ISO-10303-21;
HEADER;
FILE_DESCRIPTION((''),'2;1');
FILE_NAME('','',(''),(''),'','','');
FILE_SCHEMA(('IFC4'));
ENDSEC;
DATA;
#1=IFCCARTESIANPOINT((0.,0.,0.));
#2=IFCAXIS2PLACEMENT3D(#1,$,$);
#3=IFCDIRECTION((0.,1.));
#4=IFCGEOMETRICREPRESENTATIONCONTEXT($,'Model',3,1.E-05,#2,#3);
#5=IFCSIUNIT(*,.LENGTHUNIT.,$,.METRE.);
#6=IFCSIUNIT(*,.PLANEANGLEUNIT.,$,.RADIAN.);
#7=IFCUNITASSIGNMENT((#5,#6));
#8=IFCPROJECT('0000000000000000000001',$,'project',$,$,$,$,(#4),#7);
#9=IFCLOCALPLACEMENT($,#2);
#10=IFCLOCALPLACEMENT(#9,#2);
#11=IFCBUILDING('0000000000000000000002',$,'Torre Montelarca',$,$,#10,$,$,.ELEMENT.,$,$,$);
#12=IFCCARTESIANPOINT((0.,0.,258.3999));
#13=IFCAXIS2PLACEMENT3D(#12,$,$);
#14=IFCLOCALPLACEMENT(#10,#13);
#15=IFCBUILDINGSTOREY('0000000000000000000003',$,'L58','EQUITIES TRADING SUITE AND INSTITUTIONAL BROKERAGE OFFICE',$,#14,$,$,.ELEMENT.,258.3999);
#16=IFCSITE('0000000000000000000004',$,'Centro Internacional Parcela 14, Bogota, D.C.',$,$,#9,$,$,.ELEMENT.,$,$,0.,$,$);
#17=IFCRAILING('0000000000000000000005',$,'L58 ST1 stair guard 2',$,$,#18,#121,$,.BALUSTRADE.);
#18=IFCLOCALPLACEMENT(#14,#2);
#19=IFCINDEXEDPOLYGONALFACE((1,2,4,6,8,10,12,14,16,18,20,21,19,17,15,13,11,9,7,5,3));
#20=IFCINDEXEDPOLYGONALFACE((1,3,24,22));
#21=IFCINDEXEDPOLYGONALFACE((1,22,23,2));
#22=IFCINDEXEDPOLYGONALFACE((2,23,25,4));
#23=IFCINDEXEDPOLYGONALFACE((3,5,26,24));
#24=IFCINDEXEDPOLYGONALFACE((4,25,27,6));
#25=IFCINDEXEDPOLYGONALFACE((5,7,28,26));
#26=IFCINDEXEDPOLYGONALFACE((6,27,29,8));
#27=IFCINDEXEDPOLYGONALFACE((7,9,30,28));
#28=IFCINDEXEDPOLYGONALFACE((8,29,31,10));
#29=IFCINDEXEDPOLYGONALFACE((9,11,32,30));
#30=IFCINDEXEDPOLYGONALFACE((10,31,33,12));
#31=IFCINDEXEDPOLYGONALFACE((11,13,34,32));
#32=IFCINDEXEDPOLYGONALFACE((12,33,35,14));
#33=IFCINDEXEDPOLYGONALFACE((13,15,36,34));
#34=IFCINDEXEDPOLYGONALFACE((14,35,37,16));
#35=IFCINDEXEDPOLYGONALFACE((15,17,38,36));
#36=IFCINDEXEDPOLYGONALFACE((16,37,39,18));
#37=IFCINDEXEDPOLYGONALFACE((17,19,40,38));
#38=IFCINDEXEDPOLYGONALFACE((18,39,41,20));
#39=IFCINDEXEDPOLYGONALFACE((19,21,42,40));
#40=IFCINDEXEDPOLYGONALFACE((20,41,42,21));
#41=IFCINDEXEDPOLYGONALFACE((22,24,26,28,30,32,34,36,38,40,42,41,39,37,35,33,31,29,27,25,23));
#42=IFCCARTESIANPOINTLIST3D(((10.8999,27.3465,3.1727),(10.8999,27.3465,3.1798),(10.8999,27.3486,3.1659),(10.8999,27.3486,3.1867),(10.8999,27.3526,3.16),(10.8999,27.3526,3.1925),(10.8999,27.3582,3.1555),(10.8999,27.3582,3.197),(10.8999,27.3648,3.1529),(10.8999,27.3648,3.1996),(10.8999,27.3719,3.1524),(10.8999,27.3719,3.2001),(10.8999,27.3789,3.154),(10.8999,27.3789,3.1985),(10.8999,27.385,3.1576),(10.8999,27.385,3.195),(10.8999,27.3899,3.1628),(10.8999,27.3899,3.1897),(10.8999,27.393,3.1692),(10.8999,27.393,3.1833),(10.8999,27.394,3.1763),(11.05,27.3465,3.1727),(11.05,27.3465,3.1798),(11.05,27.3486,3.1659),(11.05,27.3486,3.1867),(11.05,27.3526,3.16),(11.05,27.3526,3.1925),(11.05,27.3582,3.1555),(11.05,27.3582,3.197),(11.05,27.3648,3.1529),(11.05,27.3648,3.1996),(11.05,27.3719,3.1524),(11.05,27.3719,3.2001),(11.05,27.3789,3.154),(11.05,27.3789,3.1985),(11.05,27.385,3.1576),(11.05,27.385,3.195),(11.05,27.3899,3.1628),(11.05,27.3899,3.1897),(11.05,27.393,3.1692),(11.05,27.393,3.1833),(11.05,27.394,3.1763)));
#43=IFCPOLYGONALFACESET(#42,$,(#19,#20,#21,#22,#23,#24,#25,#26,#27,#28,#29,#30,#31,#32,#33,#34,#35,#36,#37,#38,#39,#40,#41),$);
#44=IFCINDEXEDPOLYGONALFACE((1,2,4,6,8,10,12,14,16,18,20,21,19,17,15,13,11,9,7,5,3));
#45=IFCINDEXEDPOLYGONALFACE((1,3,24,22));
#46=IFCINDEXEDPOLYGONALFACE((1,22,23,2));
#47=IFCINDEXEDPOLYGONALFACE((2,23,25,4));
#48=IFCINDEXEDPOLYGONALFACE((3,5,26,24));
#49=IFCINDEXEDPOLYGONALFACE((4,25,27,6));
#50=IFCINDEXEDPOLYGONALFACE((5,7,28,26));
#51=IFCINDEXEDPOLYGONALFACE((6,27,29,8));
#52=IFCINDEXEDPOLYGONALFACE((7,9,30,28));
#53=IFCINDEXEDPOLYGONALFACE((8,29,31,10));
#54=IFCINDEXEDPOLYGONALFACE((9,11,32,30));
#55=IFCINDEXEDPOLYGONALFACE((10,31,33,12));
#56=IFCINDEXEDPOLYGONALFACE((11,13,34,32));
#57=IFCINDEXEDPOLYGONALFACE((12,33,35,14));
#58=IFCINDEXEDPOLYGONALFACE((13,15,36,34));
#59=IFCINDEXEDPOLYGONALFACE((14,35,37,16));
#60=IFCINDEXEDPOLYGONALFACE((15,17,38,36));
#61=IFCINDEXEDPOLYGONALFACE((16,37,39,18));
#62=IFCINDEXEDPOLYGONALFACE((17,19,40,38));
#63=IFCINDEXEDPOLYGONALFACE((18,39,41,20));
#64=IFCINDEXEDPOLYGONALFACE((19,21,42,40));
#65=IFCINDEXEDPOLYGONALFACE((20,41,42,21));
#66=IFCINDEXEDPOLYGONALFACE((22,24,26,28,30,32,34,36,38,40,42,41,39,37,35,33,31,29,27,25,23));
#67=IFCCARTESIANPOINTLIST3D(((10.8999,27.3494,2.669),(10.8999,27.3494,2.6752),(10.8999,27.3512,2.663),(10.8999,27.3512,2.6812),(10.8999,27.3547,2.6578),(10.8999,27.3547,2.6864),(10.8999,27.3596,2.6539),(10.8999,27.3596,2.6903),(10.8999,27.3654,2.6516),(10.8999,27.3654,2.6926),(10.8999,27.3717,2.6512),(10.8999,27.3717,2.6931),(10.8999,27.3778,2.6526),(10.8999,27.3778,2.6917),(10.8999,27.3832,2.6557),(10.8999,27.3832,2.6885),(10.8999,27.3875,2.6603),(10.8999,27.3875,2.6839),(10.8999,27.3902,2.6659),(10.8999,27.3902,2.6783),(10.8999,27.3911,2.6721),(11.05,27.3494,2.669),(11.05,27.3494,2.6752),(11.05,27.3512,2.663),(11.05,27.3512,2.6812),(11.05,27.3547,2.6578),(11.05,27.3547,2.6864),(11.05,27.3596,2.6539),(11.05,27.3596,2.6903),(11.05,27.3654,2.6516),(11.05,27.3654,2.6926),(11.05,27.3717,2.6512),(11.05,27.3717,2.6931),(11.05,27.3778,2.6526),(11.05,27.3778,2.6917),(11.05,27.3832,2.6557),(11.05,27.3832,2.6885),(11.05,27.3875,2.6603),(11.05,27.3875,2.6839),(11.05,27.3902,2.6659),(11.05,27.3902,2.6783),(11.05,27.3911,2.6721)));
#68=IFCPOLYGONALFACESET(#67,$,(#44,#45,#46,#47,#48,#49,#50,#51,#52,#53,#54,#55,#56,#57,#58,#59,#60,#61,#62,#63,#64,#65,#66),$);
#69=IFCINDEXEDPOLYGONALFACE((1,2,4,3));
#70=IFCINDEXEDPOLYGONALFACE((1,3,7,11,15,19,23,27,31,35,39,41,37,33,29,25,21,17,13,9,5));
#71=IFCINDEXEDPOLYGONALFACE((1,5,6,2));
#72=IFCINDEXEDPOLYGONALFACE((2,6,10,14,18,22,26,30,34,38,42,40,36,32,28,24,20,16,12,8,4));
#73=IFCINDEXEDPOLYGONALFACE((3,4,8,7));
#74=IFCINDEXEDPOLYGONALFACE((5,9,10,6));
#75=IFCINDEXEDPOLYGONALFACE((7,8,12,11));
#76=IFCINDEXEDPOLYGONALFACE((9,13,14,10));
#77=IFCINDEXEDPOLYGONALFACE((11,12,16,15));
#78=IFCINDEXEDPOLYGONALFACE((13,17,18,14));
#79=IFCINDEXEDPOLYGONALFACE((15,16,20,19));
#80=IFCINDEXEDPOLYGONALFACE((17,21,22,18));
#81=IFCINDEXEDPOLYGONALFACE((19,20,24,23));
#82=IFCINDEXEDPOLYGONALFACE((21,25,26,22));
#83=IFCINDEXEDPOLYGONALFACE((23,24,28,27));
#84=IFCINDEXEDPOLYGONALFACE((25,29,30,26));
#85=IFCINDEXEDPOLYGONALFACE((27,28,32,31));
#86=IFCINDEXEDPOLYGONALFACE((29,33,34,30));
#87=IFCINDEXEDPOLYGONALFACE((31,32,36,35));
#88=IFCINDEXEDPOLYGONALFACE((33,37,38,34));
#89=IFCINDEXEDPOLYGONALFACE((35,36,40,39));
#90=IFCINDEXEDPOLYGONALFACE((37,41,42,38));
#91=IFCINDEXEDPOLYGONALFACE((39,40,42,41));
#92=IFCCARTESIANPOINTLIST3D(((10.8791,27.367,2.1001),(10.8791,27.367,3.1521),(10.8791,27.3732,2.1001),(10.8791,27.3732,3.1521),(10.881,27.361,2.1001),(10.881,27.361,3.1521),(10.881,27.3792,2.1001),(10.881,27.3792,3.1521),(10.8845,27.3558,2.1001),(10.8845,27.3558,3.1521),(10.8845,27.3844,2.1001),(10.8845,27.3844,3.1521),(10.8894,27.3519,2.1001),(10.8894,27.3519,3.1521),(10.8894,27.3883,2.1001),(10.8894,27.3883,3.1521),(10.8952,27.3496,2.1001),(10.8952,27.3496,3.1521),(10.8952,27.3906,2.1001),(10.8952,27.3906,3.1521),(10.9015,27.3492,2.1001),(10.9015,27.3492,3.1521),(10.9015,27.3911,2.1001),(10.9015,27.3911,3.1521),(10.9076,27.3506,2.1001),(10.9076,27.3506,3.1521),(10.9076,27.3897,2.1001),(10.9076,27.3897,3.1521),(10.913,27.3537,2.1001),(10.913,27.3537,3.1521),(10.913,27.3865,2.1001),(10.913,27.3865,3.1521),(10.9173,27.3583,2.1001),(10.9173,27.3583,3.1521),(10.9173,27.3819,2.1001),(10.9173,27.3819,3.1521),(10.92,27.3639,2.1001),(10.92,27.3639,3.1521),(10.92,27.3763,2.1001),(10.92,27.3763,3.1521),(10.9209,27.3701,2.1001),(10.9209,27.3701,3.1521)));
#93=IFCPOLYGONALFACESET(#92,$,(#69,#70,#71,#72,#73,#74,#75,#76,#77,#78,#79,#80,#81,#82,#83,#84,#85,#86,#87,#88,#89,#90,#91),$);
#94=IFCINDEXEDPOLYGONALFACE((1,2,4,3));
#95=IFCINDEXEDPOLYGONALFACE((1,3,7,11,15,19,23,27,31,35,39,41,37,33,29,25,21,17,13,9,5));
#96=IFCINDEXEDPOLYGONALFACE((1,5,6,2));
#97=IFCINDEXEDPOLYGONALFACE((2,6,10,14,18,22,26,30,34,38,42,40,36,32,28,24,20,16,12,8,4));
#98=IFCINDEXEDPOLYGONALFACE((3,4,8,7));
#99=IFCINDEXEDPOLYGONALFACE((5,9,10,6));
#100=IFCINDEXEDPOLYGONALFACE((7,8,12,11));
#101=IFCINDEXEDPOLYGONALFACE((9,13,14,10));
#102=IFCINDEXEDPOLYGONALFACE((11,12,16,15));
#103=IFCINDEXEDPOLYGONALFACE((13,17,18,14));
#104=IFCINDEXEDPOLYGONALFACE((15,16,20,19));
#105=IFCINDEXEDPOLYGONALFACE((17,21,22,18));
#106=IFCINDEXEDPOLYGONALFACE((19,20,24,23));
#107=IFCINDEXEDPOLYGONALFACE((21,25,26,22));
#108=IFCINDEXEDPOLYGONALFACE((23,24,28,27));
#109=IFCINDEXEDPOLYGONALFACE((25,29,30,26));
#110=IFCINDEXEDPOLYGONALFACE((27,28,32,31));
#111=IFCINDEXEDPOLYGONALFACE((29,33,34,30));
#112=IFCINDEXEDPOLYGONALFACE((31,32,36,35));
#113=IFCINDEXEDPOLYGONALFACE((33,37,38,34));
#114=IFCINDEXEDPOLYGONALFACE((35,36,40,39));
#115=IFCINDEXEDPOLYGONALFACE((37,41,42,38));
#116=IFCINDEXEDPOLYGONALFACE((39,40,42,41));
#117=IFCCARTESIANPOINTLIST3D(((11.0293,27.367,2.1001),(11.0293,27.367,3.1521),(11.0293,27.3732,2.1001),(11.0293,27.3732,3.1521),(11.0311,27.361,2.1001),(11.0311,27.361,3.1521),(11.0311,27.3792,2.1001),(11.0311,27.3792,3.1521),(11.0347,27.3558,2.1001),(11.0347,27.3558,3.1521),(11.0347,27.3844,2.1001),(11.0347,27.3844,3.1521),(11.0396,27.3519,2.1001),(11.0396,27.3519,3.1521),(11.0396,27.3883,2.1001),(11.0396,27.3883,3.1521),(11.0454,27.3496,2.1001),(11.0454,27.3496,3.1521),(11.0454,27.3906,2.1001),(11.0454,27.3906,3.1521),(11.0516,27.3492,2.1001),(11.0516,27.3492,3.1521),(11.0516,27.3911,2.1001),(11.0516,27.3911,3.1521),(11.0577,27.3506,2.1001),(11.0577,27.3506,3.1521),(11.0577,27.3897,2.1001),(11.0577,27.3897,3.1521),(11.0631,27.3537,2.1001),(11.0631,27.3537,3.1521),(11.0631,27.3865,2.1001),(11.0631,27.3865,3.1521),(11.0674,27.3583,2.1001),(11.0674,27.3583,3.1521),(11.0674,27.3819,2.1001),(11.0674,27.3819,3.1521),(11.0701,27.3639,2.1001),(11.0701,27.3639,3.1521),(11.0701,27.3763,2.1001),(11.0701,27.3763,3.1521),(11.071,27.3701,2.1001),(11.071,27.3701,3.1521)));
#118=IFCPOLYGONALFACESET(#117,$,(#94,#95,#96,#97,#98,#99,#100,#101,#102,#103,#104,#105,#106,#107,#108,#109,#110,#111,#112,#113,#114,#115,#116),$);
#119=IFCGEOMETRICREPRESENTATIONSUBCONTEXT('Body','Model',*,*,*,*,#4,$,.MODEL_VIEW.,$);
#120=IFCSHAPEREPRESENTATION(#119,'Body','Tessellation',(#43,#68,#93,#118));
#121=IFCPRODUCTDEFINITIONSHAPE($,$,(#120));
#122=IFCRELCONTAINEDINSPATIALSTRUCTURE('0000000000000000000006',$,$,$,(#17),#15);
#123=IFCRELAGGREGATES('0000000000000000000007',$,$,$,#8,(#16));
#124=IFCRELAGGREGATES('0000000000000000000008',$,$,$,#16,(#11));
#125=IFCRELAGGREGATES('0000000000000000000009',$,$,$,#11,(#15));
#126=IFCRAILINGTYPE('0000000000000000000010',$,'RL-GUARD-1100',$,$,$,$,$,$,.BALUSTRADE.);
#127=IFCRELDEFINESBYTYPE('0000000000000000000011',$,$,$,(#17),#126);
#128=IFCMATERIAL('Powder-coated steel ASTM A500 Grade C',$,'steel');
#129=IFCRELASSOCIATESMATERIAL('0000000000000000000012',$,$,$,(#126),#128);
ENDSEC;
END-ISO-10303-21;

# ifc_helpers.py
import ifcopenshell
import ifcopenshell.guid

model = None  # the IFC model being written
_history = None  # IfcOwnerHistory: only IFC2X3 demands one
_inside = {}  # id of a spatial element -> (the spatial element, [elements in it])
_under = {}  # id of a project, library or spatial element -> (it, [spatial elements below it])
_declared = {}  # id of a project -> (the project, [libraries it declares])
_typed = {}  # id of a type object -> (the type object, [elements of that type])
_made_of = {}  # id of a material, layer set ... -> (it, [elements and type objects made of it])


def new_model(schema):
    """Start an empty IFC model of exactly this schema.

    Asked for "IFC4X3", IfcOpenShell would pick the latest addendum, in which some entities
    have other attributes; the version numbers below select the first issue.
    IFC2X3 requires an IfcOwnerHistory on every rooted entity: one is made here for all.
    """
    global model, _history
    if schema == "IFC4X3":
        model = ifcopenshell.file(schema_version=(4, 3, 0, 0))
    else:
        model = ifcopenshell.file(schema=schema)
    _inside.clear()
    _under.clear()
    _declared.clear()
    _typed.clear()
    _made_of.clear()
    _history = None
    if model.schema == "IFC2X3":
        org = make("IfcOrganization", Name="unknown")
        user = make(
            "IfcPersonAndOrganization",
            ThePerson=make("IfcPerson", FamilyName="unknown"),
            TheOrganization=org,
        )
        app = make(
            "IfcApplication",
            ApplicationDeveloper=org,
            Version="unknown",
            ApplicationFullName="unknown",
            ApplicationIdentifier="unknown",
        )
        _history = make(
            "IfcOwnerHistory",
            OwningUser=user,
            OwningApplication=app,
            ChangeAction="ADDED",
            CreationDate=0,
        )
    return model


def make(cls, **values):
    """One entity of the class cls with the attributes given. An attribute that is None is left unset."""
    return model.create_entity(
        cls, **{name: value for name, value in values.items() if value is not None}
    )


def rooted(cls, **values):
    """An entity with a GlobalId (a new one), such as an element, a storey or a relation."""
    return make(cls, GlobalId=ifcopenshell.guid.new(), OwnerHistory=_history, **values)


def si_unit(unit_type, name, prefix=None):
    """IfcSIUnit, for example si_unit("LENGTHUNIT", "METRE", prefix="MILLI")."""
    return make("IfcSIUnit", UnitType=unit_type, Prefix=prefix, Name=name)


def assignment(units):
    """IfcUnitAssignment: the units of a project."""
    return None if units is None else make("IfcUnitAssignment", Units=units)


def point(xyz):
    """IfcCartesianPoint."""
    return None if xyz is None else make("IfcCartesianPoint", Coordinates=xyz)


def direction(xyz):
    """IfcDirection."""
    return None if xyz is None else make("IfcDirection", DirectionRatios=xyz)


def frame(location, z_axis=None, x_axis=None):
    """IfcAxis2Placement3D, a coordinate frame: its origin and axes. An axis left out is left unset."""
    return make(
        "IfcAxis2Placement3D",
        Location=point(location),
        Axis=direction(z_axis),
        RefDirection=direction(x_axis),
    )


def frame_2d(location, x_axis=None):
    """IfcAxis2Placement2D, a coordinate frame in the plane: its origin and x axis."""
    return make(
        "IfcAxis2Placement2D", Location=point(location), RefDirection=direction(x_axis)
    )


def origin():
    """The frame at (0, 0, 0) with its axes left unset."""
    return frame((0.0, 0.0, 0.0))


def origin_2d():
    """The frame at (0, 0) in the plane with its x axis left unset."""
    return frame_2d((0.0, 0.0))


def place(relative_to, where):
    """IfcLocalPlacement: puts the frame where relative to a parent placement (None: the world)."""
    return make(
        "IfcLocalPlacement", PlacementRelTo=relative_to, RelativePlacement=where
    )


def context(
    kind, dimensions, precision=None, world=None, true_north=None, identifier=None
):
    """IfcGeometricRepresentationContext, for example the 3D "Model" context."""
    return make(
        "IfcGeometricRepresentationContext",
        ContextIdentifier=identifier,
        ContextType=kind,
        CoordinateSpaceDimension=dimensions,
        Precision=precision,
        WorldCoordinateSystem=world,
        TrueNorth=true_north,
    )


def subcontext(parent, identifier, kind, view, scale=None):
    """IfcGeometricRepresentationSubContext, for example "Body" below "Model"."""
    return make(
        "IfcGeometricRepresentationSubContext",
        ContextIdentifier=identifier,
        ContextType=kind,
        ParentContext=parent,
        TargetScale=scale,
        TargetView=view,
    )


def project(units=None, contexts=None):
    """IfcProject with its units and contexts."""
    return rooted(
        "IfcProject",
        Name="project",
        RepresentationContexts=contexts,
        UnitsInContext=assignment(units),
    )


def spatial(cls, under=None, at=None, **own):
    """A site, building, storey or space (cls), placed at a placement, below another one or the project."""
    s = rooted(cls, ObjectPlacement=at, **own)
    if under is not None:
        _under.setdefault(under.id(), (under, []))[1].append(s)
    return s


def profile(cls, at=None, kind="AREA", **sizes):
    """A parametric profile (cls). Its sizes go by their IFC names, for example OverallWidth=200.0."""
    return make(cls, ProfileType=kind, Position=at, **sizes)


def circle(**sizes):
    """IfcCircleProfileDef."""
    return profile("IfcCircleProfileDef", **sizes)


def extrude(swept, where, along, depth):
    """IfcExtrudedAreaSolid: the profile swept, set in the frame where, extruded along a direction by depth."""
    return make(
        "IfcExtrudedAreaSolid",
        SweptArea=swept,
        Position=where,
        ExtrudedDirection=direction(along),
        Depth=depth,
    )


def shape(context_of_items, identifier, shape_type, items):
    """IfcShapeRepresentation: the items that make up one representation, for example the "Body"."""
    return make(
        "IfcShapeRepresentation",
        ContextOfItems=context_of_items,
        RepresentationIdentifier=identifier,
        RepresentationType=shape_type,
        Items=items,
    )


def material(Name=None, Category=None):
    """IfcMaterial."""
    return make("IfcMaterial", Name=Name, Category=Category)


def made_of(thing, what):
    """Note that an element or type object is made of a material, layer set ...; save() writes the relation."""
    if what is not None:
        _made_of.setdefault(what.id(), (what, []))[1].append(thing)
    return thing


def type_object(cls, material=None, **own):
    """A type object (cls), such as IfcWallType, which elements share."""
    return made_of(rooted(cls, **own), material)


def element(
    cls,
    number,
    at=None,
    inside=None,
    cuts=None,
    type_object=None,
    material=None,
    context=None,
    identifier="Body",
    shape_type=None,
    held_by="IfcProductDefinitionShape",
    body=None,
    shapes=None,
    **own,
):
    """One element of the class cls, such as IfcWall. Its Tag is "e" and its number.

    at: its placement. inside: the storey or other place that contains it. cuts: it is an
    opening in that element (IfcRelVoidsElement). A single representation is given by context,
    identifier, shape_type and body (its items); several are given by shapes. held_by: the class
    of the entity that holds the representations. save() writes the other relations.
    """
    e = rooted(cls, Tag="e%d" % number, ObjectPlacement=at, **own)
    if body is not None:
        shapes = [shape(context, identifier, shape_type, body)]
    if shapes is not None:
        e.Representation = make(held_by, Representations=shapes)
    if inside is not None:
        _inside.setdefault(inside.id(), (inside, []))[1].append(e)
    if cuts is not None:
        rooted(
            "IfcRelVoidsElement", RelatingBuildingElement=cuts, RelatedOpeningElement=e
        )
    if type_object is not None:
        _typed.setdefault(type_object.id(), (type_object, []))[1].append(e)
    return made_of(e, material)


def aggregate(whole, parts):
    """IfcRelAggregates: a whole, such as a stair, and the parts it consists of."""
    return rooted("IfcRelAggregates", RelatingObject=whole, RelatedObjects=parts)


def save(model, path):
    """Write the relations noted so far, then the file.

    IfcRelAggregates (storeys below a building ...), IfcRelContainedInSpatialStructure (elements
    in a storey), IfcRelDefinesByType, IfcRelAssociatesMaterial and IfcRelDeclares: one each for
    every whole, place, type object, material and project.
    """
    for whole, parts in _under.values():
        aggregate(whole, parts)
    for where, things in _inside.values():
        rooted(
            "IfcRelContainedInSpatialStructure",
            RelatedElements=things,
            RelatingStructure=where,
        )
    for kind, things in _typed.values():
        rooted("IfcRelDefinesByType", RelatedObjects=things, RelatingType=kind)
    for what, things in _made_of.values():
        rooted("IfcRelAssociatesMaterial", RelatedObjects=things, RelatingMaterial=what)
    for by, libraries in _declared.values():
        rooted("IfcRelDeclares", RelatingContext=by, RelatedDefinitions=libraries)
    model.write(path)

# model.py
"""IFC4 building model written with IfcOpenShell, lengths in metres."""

from ifc_helpers import new_model, si_unit, direction, frame, origin, origin_2d, place, context, subcontext, project, spatial, circle, extrude, material, type_object, element, save


model = new_model("IFC4")

# Units and contexts
model_context = context("Model", 3, precision=1e-05, world=origin(), true_north=direction((0.0, 1.0)))
body_context = subcontext(model_context, "Body", "Model", "MODEL_VIEW")
ifc_project = project(units=[si_unit("LENGTHUNIT", "METRE"), si_unit("PLANEANGLEUNIT", "RADIAN")], contexts=[model_context])

# Site, building, storey
site_placement = place(None, origin())
site = spatial("IfcSite", under=ifc_project, at=site_placement, Name="Centro Internacional Parcela 14, Bogota, D.C.", CompositionType="ELEMENT", RefElevation=0.0)
building_placement = place(site_placement, origin())
building = spatial("IfcBuilding", under=site, at=building_placement, Name="Torre Montelarca", CompositionType="ELEMENT")
storey_placement = place(building_placement, frame((0.0, 0.0, 258.3999)))
storey = spatial("IfcBuildingStorey", under=building, at=storey_placement, Name="L58", Description="EQUITIES TRADING SUITE AND INSTITUTIONAL BROKERAGE OFFICE", CompositionType="ELEMENT", Elevation=258.3999)

# Railing
ifc_material_1 = material(Name="Powder-coated steel ASTM A500 Grade C", Category="steel")
railing_type_1 = type_object("IfcRailingType", Name="RL-GUARD-1100", PredefinedType="BALUSTRADE", material=ifc_material_1)
railing_1_placement = place(storey_placement, frame((10.8999, 27.3701, 2.1001)))
element("IfcRailing", 1, at=railing_1_placement, inside=storey, type_object=railing_type_1, Name="L58 ST1 stair guard 2", PredefinedType="BALUSTRADE", context=body_context, shape_type="SweptSolid", body=[
    extrude(circle(Radius=0.0239, at=origin_2d()), frame((0.0, 0.0, 1.0762), z_axis=(1.0, 0.0, 0.0), x_axis=(0.0, 1.0, 0.0)), (0.0, 0.0, 1.0), 0.1501),
    extrude(circle(Radius=0.021, at=origin_2d()), frame((0.0, 0.0, 0.572), z_axis=(1.0, 0.0, 0.0), x_axis=(0.0, 1.0, 0.0)), (0.0, 0.0, 1.0), 0.1501),
    extrude(circle(Radius=0.021, at=origin_2d()), origin(), (0.0, 0.0, 1.0), 1.052),
    extrude(circle(Radius=0.021, at=origin_2d()), frame((0.1501, 0.0, 0.0)), (0.0, 0.0, 1.0), 1.052),
])

save(model, "model.ifc")
